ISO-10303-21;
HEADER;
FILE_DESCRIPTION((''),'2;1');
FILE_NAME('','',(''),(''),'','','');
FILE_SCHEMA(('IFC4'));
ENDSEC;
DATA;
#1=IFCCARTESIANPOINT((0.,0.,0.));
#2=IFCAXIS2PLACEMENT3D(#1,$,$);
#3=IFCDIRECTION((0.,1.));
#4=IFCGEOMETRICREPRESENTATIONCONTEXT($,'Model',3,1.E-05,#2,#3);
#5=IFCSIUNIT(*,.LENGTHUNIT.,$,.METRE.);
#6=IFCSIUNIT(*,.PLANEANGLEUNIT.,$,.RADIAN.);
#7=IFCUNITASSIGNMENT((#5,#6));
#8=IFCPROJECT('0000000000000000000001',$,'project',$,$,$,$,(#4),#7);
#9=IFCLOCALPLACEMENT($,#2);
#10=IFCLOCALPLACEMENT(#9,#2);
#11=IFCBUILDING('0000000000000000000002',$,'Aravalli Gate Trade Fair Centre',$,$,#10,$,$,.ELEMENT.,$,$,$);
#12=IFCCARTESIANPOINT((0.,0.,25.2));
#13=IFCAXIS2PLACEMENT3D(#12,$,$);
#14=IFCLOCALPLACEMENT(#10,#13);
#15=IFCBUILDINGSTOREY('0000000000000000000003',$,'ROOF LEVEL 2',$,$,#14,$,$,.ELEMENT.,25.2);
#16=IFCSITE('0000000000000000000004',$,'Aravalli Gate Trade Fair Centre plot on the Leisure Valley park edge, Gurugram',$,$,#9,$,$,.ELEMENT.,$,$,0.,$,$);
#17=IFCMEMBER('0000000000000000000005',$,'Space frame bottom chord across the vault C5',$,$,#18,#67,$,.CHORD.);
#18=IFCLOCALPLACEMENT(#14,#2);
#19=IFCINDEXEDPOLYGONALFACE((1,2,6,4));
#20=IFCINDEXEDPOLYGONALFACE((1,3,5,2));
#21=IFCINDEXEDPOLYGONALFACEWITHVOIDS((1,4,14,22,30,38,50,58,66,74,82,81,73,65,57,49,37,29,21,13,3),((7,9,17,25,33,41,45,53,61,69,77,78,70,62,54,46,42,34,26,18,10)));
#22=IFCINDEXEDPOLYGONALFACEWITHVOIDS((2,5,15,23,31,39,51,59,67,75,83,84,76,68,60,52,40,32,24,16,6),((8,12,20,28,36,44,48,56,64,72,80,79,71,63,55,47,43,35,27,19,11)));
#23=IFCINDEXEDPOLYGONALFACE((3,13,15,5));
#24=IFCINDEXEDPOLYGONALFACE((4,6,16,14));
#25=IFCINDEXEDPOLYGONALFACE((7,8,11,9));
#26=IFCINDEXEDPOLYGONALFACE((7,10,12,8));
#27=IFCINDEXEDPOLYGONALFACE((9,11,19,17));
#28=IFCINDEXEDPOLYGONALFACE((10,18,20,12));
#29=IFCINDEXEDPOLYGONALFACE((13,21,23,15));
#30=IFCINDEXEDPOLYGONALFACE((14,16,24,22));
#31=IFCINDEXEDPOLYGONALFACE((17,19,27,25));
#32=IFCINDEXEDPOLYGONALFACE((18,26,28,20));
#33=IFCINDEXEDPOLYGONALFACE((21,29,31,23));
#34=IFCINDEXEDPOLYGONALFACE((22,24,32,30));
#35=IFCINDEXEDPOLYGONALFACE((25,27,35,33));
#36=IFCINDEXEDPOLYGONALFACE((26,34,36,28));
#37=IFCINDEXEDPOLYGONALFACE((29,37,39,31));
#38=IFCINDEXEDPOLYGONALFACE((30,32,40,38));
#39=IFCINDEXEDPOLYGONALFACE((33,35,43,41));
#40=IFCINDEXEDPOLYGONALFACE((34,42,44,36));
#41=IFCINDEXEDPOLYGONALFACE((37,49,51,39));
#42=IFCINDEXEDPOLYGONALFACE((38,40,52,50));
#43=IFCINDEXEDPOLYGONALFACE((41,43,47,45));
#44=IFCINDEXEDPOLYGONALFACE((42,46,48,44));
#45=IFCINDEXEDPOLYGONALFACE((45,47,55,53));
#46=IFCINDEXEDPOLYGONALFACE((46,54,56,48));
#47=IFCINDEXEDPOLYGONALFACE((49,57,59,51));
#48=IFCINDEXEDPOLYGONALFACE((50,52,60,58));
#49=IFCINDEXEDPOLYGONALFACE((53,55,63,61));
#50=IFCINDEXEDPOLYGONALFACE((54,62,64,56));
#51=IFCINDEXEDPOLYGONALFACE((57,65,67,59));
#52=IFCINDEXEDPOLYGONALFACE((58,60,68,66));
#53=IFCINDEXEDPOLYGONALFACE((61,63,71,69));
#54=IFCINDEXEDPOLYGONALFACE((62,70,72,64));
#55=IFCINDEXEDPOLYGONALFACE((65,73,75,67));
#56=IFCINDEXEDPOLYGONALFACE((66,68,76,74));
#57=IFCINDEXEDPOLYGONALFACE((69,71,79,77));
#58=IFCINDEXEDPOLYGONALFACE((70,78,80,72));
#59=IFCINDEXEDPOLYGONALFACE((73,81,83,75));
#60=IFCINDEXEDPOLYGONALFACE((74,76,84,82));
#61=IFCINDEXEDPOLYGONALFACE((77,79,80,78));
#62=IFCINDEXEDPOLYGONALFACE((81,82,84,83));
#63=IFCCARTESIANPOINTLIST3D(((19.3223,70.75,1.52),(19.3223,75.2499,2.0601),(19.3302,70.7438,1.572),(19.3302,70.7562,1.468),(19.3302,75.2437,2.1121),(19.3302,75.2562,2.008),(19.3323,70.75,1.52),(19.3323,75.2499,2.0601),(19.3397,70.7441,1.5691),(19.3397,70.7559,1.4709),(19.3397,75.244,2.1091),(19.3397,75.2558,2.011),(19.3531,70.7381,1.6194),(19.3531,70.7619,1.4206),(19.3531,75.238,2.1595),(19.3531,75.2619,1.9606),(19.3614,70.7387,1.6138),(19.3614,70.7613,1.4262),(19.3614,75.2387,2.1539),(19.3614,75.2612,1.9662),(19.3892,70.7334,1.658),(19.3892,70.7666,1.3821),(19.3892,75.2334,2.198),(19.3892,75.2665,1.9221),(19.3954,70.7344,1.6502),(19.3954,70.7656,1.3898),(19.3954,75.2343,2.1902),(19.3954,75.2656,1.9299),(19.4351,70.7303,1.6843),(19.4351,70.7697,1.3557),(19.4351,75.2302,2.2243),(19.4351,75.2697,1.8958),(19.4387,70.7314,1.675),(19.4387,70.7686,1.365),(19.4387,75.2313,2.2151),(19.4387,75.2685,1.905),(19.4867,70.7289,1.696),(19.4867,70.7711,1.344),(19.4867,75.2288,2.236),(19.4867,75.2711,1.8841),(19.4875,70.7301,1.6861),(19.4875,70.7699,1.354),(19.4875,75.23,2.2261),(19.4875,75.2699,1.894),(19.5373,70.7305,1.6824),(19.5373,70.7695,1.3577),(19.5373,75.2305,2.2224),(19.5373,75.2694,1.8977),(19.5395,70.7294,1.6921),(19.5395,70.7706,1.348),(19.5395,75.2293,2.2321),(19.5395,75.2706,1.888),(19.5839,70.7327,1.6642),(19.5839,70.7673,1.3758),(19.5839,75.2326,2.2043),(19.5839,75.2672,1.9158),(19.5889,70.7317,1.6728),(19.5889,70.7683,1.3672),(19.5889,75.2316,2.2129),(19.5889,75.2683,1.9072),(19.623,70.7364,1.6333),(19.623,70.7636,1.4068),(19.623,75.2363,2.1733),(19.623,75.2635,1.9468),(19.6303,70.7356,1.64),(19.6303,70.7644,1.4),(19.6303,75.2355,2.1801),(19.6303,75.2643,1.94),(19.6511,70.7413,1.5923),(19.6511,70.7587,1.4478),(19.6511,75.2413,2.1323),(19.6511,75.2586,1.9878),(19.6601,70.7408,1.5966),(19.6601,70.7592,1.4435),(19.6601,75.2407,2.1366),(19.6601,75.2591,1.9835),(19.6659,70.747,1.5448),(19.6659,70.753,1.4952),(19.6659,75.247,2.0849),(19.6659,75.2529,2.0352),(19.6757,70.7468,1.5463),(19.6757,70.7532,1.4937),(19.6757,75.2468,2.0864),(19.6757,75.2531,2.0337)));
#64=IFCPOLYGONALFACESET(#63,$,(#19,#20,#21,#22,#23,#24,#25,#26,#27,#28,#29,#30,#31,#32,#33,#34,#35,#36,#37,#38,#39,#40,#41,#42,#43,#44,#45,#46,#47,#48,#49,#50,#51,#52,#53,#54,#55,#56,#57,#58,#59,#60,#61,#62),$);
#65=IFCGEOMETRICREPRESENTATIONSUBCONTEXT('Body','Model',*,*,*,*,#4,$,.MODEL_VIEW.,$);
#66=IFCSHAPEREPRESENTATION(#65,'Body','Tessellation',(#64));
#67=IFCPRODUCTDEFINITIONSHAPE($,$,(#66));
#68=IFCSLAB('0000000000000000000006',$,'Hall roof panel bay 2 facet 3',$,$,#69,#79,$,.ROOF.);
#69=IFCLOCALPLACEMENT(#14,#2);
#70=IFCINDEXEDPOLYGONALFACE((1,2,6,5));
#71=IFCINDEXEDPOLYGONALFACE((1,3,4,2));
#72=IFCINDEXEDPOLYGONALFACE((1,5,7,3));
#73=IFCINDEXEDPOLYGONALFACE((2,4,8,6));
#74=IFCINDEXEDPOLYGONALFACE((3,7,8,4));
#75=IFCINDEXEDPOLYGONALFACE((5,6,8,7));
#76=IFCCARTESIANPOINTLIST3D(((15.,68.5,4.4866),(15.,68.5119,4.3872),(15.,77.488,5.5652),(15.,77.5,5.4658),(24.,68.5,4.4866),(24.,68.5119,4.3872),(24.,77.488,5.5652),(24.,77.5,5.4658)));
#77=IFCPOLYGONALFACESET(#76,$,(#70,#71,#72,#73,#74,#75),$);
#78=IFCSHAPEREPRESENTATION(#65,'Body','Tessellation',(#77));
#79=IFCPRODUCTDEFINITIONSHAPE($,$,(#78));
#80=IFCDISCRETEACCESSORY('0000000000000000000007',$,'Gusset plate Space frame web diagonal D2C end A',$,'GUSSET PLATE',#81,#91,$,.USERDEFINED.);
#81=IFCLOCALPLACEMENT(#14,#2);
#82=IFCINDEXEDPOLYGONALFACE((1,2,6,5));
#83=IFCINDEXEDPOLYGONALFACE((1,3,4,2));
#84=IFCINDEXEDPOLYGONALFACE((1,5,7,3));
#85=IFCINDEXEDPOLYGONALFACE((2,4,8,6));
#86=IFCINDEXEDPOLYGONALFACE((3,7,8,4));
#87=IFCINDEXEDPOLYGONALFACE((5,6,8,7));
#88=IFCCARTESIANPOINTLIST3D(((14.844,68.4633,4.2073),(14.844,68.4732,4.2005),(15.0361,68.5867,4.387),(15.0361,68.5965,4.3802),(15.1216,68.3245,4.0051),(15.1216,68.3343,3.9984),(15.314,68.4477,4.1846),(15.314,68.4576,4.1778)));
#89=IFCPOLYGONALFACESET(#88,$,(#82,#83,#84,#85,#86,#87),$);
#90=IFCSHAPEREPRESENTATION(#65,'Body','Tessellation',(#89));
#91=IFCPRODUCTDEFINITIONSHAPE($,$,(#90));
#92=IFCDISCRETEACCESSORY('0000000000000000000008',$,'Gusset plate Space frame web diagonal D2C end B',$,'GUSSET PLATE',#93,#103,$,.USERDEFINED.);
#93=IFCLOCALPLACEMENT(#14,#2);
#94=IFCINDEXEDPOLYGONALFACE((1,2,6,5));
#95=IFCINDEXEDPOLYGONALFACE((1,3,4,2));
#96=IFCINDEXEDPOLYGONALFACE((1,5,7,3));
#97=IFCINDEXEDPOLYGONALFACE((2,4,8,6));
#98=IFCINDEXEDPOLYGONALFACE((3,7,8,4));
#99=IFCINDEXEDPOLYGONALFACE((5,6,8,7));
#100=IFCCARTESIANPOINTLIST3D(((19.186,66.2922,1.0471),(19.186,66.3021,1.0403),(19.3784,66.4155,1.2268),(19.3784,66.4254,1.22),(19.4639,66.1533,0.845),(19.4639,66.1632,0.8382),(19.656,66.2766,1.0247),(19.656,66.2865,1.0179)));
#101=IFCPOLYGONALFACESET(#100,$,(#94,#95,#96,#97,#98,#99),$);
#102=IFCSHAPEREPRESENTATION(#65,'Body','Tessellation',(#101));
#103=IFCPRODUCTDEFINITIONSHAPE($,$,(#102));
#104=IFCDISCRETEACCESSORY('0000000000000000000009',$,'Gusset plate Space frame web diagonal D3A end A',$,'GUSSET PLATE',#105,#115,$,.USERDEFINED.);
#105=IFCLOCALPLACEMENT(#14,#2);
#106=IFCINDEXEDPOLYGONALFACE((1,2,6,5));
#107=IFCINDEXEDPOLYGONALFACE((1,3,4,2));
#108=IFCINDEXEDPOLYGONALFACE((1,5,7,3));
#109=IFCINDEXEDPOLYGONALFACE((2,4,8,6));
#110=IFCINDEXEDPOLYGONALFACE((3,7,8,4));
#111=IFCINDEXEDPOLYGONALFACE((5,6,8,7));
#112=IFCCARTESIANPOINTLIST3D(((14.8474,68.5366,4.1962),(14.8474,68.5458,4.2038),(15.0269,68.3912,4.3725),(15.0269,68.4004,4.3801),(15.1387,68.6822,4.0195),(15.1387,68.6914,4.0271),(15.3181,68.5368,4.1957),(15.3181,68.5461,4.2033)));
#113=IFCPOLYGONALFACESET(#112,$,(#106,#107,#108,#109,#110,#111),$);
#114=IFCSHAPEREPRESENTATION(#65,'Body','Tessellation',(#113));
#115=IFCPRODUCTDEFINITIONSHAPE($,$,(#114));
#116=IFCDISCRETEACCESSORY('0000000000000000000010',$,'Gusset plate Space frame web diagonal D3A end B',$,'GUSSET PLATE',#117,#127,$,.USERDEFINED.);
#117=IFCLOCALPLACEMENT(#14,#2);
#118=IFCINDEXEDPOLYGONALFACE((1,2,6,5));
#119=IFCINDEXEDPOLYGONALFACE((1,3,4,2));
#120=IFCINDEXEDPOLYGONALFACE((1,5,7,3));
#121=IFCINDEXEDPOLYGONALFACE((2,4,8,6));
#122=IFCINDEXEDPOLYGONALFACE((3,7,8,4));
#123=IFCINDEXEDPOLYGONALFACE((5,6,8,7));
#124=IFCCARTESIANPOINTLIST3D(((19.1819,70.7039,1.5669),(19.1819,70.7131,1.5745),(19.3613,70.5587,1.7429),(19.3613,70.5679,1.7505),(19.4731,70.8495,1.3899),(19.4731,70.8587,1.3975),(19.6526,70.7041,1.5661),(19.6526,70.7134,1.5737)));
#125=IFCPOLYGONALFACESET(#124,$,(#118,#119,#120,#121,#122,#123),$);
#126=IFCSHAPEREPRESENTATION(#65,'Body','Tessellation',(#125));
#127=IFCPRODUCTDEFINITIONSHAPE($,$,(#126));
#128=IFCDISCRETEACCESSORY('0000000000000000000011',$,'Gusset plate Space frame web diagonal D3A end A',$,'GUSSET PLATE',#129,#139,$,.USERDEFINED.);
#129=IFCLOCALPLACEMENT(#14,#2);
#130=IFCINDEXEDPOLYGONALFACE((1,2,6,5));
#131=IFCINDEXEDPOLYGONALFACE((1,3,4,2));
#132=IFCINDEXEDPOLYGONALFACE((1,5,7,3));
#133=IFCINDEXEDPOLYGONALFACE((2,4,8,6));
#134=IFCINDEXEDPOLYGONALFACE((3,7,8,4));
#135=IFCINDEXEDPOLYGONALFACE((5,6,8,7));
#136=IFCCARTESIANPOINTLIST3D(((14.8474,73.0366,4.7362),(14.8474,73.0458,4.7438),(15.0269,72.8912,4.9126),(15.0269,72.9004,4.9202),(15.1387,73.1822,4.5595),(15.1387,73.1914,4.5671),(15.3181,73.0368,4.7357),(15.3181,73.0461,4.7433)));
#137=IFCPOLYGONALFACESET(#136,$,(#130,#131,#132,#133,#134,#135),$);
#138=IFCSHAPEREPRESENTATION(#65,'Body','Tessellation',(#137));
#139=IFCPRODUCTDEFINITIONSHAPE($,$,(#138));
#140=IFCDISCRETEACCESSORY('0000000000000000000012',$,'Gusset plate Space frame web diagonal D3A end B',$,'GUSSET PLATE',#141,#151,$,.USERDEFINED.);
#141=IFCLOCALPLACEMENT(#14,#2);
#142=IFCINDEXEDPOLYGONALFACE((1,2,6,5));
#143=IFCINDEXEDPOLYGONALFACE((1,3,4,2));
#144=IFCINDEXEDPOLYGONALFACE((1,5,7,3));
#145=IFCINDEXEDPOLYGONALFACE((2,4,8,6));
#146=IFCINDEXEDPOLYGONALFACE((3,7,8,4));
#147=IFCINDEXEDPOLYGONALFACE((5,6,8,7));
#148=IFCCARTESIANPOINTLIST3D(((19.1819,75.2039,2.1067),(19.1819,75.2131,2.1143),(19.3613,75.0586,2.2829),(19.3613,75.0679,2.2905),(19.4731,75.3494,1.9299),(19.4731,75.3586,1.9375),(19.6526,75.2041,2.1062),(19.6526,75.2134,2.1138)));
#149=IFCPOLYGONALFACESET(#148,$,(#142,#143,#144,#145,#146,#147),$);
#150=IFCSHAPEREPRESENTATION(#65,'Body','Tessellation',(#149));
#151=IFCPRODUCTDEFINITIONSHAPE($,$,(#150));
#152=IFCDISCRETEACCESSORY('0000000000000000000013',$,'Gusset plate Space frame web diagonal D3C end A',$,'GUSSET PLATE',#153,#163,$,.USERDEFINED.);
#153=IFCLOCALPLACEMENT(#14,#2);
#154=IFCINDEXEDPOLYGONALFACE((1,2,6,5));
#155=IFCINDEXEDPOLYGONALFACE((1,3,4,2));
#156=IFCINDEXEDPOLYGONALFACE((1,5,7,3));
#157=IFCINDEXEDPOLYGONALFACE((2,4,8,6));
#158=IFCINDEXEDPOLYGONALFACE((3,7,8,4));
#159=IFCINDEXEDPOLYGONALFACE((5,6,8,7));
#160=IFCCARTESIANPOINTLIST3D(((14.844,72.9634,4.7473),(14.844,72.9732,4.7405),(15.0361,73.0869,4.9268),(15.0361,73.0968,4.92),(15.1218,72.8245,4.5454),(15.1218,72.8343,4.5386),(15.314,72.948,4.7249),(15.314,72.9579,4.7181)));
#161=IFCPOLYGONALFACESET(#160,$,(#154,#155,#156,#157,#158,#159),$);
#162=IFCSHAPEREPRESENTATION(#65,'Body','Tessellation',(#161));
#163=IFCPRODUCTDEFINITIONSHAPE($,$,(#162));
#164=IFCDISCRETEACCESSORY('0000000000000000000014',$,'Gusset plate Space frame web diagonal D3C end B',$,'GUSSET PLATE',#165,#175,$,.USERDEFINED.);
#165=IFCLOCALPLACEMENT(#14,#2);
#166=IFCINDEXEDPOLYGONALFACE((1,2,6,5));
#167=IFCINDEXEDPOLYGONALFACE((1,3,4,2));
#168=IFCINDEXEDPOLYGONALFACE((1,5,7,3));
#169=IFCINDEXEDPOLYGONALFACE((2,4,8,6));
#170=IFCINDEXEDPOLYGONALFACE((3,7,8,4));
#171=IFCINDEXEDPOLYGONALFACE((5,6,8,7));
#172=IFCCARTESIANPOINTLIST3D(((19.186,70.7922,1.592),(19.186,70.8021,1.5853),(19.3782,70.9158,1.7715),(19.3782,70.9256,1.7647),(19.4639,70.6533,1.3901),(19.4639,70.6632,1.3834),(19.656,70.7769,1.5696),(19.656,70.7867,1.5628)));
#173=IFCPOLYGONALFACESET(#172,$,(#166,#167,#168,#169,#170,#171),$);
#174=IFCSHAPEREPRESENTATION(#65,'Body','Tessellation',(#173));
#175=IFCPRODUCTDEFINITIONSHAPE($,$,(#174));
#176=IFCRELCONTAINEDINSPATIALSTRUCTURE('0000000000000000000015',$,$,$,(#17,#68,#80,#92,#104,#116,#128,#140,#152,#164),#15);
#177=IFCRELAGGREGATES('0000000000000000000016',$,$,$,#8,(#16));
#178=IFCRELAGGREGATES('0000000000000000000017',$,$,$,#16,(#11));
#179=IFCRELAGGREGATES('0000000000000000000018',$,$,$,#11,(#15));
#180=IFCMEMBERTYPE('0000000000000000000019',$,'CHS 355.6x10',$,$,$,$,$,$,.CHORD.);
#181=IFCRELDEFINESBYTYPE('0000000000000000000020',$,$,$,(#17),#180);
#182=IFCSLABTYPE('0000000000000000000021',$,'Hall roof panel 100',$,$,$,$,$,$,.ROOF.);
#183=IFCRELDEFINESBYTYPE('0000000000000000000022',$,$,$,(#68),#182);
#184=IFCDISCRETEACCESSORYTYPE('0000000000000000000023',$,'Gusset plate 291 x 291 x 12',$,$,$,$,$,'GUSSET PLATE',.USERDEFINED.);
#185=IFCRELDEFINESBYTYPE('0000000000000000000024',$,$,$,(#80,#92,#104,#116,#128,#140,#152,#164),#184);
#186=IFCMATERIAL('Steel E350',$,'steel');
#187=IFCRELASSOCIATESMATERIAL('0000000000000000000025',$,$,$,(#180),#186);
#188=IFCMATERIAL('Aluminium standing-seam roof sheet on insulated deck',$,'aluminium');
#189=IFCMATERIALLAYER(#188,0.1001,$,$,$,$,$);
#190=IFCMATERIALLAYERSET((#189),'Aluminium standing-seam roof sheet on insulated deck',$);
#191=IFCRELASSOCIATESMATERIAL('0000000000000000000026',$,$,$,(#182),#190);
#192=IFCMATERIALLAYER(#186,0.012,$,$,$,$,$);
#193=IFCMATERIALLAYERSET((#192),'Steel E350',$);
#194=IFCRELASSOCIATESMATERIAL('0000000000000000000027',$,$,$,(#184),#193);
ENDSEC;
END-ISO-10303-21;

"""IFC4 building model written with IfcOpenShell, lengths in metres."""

from ifc_helpers import new_model, si_unit, direction, frame, origin, origin_2d, place, context, subcontext, project, spatial, polyline, hollow_circle, outline, extrude, material, layer, layer_set, material_profile, profile_set, type_object, element, save


model = new_model("IFC4")

# Units and contexts
model_context = context("Model", 3, precision=1e-05, world=origin(), true_north=direction((0.0, 1.0)))
body_context = subcontext(model_context, "Body", "Model", "MODEL_VIEW")
ifc_project = project(units=[si_unit("LENGTHUNIT", "METRE"), si_unit("PLANEANGLEUNIT", "RADIAN")], contexts=[model_context])

# Site, building, storey
site_placement = place(None, origin())
site = spatial("IfcSite", under=ifc_project, at=site_placement, Name="Aravalli Gate Trade Fair Centre plot on the Leisure Valley park edge, Gurugram", CompositionType="ELEMENT", RefElevation=0.0)
building_placement = place(site_placement, origin())
building = spatial("IfcBuilding", under=site, at=building_placement, Name="Aravalli Gate Trade Fair Centre", CompositionType="ELEMENT")
storey_placement = place(building_placement, frame((0.0, 0.0, 25.2)))
storey = spatial("IfcBuildingStorey", under=building, at=storey_placement, Name="ROOF LEVEL 2", CompositionType="ELEMENT", Elevation=25.2)

# Member
ifc_material_1 = material(Name="Steel E350", Category="steel")
ifc_material_profile_1 = material_profile(ifc_material_1, hollow_circle(Radius=0.1777, WallThickness=0.01, at=origin_2d()), Name="CHS 355.6x10")
ifc_profile_set_1 = profile_set([ifc_material_profile_1], Name="Steel E350")
member_type_1 = type_object("IfcMemberType", Name="CHS 355.6x10", PredefinedType="CHORD", material=ifc_profile_set_1)
member_1_placement = place(storey_placement, frame((19.5, 70.75, 1.52), z_axis=(0.0, 0.992876, 0.119154), x_axis=(-1.0, 0.0, 0.0)))
element("IfcMember", 1, at=member_1_placement, inside=storey, type_object=member_type_1, Name="Space frame bottom chord across the vault C5", PredefinedType="CHORD", context=body_context, shape_type="SweptSolid", body=[
    extrude(hollow_circle(Radius=0.1777, WallThickness=0.01, at=origin_2d()), origin(), (0.0, 0.0, 1.0), 4.5322),
])

# Slab
ifc_material_2 = material(Name="Aluminium standing-seam roof sheet on insulated deck", Category="aluminium")
ifc_layer_1 = layer(ifc_material_2, 0.1001)
ifc_layer_set_1 = layer_set([ifc_layer_1], Name="Aluminium standing-seam roof sheet on insulated deck")
slab_type = type_object("IfcSlabType", Name="Hall roof panel 100", PredefinedType="ROOF", material=ifc_layer_set_1)
slab_placement = place(storey_placement, frame((15.0, 68.5, 4.4866), z_axis=(0.0, -0.119151, 0.992876), x_axis=(1.0, 0.0, 0.0)))
element("IfcSlab", 2, at=slab_placement, inside=storey, type_object=slab_type, Name="Hall roof panel bay 2 facet 3", PredefinedType="ROOF", context=body_context, shape_type="SweptSolid", body=[
    extrude(outline(polyline([(0.0, 0.0), (9.0, 0.0), (9.0, 9.0525), (0.0, 9.0525), (0.0, 0.0)])), origin(), (0.0, 0.0, -1.0), 0.1001),
])

# Discrete accessories
ifc_layer_2 = layer(ifc_material_1, 0.012)
ifc_layer_set_2 = layer_set([ifc_layer_2], Name="Steel E350")
discrete_accessory_type = type_object("IfcDiscreteAccessoryType", Name="Gusset plate 291 x 291 x 12", ElementType="GUSSET PLATE", PredefinedType="USERDEFINED", material=ifc_layer_set_2)
discrete_accessory_1_placement = place(storey_placement, frame((15.1216, 68.3245, 4.0051), z_axis=(-0.000059, -0.824356, 0.566072), x_axis=(-0.749371, 0.374861, 0.545822)))
element("IfcDiscreteAccessory", 3, at=discrete_accessory_1_placement, inside=storey, type_object=discrete_accessory_type, Name="Gusset plate Space frame web diagonal D2C end A", ObjectType="GUSSET PLATE", PredefinedType="USERDEFINED", context=body_context, shape_type="SweptSolid", body=[
    extrude(outline(polyline([(0.0, 0.0), (0.3704, 0.0), (0.3707, -0.2905), (0.0, -0.2905), (0.0, 0.0)])), origin(), (0.0, 0.0, -1.0), 0.012),
])
discrete_accessory_2_placement = place(storey_placement, frame((19.186, 66.2922, 1.0471), z_axis=(-0.000356, -0.824387, 0.566027), x_axis=(0.74966, -0.37483, -0.545447)))
element("IfcDiscreteAccessory", 4, at=discrete_accessory_2_placement, inside=storey, type_object=discrete_accessory_type, Name="Gusset plate Space frame web diagonal D2C end B", ObjectType="GUSSET PLATE", PredefinedType="USERDEFINED", context=body_context, shape_type="SweptSolid", body=[
    extrude(outline(polyline([(0.0, 0.0), (0.3706, 0.0), (0.3704, 0.2905), (0.0, 0.2907), (0.0, 0.0)])), origin(), (0.0, 0.0, -1.0), 0.012),
])
discrete_accessory_3_placement = place(storey_placement, frame((15.1387, 68.6914, 4.0271), z_axis=(0.00026, 0.771582, 0.63613), x_axis=(-0.78619, -0.392962, 0.476956)))
element("IfcDiscreteAccessory", 5, at=discrete_accessory_3_placement, inside=storey, type_object=discrete_accessory_type, Name="Gusset plate Space frame web diagonal D3A end A", ObjectType="GUSSET PLATE", PredefinedType="USERDEFINED", context=body_context, shape_type="SweptSolid", body=[
    extrude(outline(polyline([(0.0, 0.0), (0.3705, 0.0), (0.3706, 0.2906), (0.0001, 0.2905), (0.0, 0.0)])), origin(), (0.0, 0.0, -1.0), 0.012),
])
discrete_accessory_4_placement = place(storey_placement, frame((19.1819, 70.7131, 1.5745), z_axis=(0.000589, 0.771792, 0.635874), x_axis=(0.785943, 0.392803, -0.477493)))
element("IfcDiscreteAccessory", 6, at=discrete_accessory_4_placement, inside=storey, type_object=discrete_accessory_type, Name="Gusset plate Space frame web diagonal D3A end B", ObjectType="GUSSET PLATE", PredefinedType="USERDEFINED", context=body_context, shape_type="SweptSolid", body=[
    extrude(outline(polyline([(0.0, 0.0), (0.3706, 0.0), (0.3704, -0.2905), (-0.0001, -0.2903), (0.0, 0.0)])), origin(), (0.0, 0.0, -1.0), 0.012),
])
discrete_accessory_5_placement = place(storey_placement, frame((15.1387, 73.1914, 4.5671), z_axis=(0.00026, 0.771582, 0.63613), x_axis=(-0.78619, -0.392962, 0.476956)))
element("IfcDiscreteAccessory", 7, at=discrete_accessory_5_placement, inside=storey, type_object=discrete_accessory_type, Name="Gusset plate Space frame web diagonal D3A end A", ObjectType="GUSSET PLATE", PredefinedType="USERDEFINED", context=body_context, shape_type="SweptSolid", body=[
    extrude(outline(polyline([(0.0, 0.0), (0.3705, 0.0), (0.3706, 0.2906), (0.0001, 0.2905), (0.0, 0.0)])), origin(), (0.0, 0.0, -1.0), 0.012),
])
discrete_accessory_6_placement = place(storey_placement, frame((19.1819, 75.2131, 2.1143), z_axis=(0.000259, 0.771844, 0.635812), x_axis=(0.78619, 0.392765, -0.477118)))
element("IfcDiscreteAccessory", 8, at=discrete_accessory_6_placement, inside=storey, type_object=discrete_accessory_type, Name="Gusset plate Space frame web diagonal D3A end B", ObjectType="GUSSET PLATE", PredefinedType="USERDEFINED", context=body_context, shape_type="SweptSolid", body=[
    extrude(outline(polyline([(0.0, 0.0), (0.3705, 0.0), (0.3704, -0.2905), (-0.0001, -0.2905), (0.0, 0.0)])), origin(), (0.0, 0.0, -1.0), 0.012),
])
discrete_accessory_7_placement = place(storey_placement, frame((15.1218, 72.8245, 4.5454), z_axis=(0.000137, -0.82375, 0.566952), x_axis=(-0.749929, 0.374965, 0.544984)))
element("IfcDiscreteAccessory", 9, at=discrete_accessory_7_placement, inside=storey, type_object=discrete_accessory_type, Name="Gusset plate Space frame web diagonal D3C end A", ObjectType="GUSSET PLATE", PredefinedType="USERDEFINED", context=body_context, shape_type="SweptSolid", body=[
    extrude(outline(polyline([(0.0, 0.0), (0.3705, 0.0), (0.3705, -0.2905), (0.0, -0.2905), (0.0, 0.0)])), origin(), (0.0, 0.0, -1.0), 0.012),
])
discrete_accessory_8_placement = place(storey_placement, frame((19.186, 70.7922, 1.592), z_axis=(0.000137, -0.82375, 0.566952), x_axis=(0.749929, -0.374965, -0.544984)))
element("IfcDiscreteAccessory", 10, at=discrete_accessory_8_placement, inside=storey, type_object=discrete_accessory_type, Name="Gusset plate Space frame web diagonal D3C end B", ObjectType="GUSSET PLATE", PredefinedType="USERDEFINED", context=body_context, shape_type="SweptSolid", body=[
    extrude(outline(polyline([(0.0, 0.0), (0.3705, 0.0), (0.3705, 0.2905), (0.0, 0.2905), (0.0, 0.0)])), origin(), (0.0, 0.0, -1.0), 0.012),
])

save(model, "model.ifc")
